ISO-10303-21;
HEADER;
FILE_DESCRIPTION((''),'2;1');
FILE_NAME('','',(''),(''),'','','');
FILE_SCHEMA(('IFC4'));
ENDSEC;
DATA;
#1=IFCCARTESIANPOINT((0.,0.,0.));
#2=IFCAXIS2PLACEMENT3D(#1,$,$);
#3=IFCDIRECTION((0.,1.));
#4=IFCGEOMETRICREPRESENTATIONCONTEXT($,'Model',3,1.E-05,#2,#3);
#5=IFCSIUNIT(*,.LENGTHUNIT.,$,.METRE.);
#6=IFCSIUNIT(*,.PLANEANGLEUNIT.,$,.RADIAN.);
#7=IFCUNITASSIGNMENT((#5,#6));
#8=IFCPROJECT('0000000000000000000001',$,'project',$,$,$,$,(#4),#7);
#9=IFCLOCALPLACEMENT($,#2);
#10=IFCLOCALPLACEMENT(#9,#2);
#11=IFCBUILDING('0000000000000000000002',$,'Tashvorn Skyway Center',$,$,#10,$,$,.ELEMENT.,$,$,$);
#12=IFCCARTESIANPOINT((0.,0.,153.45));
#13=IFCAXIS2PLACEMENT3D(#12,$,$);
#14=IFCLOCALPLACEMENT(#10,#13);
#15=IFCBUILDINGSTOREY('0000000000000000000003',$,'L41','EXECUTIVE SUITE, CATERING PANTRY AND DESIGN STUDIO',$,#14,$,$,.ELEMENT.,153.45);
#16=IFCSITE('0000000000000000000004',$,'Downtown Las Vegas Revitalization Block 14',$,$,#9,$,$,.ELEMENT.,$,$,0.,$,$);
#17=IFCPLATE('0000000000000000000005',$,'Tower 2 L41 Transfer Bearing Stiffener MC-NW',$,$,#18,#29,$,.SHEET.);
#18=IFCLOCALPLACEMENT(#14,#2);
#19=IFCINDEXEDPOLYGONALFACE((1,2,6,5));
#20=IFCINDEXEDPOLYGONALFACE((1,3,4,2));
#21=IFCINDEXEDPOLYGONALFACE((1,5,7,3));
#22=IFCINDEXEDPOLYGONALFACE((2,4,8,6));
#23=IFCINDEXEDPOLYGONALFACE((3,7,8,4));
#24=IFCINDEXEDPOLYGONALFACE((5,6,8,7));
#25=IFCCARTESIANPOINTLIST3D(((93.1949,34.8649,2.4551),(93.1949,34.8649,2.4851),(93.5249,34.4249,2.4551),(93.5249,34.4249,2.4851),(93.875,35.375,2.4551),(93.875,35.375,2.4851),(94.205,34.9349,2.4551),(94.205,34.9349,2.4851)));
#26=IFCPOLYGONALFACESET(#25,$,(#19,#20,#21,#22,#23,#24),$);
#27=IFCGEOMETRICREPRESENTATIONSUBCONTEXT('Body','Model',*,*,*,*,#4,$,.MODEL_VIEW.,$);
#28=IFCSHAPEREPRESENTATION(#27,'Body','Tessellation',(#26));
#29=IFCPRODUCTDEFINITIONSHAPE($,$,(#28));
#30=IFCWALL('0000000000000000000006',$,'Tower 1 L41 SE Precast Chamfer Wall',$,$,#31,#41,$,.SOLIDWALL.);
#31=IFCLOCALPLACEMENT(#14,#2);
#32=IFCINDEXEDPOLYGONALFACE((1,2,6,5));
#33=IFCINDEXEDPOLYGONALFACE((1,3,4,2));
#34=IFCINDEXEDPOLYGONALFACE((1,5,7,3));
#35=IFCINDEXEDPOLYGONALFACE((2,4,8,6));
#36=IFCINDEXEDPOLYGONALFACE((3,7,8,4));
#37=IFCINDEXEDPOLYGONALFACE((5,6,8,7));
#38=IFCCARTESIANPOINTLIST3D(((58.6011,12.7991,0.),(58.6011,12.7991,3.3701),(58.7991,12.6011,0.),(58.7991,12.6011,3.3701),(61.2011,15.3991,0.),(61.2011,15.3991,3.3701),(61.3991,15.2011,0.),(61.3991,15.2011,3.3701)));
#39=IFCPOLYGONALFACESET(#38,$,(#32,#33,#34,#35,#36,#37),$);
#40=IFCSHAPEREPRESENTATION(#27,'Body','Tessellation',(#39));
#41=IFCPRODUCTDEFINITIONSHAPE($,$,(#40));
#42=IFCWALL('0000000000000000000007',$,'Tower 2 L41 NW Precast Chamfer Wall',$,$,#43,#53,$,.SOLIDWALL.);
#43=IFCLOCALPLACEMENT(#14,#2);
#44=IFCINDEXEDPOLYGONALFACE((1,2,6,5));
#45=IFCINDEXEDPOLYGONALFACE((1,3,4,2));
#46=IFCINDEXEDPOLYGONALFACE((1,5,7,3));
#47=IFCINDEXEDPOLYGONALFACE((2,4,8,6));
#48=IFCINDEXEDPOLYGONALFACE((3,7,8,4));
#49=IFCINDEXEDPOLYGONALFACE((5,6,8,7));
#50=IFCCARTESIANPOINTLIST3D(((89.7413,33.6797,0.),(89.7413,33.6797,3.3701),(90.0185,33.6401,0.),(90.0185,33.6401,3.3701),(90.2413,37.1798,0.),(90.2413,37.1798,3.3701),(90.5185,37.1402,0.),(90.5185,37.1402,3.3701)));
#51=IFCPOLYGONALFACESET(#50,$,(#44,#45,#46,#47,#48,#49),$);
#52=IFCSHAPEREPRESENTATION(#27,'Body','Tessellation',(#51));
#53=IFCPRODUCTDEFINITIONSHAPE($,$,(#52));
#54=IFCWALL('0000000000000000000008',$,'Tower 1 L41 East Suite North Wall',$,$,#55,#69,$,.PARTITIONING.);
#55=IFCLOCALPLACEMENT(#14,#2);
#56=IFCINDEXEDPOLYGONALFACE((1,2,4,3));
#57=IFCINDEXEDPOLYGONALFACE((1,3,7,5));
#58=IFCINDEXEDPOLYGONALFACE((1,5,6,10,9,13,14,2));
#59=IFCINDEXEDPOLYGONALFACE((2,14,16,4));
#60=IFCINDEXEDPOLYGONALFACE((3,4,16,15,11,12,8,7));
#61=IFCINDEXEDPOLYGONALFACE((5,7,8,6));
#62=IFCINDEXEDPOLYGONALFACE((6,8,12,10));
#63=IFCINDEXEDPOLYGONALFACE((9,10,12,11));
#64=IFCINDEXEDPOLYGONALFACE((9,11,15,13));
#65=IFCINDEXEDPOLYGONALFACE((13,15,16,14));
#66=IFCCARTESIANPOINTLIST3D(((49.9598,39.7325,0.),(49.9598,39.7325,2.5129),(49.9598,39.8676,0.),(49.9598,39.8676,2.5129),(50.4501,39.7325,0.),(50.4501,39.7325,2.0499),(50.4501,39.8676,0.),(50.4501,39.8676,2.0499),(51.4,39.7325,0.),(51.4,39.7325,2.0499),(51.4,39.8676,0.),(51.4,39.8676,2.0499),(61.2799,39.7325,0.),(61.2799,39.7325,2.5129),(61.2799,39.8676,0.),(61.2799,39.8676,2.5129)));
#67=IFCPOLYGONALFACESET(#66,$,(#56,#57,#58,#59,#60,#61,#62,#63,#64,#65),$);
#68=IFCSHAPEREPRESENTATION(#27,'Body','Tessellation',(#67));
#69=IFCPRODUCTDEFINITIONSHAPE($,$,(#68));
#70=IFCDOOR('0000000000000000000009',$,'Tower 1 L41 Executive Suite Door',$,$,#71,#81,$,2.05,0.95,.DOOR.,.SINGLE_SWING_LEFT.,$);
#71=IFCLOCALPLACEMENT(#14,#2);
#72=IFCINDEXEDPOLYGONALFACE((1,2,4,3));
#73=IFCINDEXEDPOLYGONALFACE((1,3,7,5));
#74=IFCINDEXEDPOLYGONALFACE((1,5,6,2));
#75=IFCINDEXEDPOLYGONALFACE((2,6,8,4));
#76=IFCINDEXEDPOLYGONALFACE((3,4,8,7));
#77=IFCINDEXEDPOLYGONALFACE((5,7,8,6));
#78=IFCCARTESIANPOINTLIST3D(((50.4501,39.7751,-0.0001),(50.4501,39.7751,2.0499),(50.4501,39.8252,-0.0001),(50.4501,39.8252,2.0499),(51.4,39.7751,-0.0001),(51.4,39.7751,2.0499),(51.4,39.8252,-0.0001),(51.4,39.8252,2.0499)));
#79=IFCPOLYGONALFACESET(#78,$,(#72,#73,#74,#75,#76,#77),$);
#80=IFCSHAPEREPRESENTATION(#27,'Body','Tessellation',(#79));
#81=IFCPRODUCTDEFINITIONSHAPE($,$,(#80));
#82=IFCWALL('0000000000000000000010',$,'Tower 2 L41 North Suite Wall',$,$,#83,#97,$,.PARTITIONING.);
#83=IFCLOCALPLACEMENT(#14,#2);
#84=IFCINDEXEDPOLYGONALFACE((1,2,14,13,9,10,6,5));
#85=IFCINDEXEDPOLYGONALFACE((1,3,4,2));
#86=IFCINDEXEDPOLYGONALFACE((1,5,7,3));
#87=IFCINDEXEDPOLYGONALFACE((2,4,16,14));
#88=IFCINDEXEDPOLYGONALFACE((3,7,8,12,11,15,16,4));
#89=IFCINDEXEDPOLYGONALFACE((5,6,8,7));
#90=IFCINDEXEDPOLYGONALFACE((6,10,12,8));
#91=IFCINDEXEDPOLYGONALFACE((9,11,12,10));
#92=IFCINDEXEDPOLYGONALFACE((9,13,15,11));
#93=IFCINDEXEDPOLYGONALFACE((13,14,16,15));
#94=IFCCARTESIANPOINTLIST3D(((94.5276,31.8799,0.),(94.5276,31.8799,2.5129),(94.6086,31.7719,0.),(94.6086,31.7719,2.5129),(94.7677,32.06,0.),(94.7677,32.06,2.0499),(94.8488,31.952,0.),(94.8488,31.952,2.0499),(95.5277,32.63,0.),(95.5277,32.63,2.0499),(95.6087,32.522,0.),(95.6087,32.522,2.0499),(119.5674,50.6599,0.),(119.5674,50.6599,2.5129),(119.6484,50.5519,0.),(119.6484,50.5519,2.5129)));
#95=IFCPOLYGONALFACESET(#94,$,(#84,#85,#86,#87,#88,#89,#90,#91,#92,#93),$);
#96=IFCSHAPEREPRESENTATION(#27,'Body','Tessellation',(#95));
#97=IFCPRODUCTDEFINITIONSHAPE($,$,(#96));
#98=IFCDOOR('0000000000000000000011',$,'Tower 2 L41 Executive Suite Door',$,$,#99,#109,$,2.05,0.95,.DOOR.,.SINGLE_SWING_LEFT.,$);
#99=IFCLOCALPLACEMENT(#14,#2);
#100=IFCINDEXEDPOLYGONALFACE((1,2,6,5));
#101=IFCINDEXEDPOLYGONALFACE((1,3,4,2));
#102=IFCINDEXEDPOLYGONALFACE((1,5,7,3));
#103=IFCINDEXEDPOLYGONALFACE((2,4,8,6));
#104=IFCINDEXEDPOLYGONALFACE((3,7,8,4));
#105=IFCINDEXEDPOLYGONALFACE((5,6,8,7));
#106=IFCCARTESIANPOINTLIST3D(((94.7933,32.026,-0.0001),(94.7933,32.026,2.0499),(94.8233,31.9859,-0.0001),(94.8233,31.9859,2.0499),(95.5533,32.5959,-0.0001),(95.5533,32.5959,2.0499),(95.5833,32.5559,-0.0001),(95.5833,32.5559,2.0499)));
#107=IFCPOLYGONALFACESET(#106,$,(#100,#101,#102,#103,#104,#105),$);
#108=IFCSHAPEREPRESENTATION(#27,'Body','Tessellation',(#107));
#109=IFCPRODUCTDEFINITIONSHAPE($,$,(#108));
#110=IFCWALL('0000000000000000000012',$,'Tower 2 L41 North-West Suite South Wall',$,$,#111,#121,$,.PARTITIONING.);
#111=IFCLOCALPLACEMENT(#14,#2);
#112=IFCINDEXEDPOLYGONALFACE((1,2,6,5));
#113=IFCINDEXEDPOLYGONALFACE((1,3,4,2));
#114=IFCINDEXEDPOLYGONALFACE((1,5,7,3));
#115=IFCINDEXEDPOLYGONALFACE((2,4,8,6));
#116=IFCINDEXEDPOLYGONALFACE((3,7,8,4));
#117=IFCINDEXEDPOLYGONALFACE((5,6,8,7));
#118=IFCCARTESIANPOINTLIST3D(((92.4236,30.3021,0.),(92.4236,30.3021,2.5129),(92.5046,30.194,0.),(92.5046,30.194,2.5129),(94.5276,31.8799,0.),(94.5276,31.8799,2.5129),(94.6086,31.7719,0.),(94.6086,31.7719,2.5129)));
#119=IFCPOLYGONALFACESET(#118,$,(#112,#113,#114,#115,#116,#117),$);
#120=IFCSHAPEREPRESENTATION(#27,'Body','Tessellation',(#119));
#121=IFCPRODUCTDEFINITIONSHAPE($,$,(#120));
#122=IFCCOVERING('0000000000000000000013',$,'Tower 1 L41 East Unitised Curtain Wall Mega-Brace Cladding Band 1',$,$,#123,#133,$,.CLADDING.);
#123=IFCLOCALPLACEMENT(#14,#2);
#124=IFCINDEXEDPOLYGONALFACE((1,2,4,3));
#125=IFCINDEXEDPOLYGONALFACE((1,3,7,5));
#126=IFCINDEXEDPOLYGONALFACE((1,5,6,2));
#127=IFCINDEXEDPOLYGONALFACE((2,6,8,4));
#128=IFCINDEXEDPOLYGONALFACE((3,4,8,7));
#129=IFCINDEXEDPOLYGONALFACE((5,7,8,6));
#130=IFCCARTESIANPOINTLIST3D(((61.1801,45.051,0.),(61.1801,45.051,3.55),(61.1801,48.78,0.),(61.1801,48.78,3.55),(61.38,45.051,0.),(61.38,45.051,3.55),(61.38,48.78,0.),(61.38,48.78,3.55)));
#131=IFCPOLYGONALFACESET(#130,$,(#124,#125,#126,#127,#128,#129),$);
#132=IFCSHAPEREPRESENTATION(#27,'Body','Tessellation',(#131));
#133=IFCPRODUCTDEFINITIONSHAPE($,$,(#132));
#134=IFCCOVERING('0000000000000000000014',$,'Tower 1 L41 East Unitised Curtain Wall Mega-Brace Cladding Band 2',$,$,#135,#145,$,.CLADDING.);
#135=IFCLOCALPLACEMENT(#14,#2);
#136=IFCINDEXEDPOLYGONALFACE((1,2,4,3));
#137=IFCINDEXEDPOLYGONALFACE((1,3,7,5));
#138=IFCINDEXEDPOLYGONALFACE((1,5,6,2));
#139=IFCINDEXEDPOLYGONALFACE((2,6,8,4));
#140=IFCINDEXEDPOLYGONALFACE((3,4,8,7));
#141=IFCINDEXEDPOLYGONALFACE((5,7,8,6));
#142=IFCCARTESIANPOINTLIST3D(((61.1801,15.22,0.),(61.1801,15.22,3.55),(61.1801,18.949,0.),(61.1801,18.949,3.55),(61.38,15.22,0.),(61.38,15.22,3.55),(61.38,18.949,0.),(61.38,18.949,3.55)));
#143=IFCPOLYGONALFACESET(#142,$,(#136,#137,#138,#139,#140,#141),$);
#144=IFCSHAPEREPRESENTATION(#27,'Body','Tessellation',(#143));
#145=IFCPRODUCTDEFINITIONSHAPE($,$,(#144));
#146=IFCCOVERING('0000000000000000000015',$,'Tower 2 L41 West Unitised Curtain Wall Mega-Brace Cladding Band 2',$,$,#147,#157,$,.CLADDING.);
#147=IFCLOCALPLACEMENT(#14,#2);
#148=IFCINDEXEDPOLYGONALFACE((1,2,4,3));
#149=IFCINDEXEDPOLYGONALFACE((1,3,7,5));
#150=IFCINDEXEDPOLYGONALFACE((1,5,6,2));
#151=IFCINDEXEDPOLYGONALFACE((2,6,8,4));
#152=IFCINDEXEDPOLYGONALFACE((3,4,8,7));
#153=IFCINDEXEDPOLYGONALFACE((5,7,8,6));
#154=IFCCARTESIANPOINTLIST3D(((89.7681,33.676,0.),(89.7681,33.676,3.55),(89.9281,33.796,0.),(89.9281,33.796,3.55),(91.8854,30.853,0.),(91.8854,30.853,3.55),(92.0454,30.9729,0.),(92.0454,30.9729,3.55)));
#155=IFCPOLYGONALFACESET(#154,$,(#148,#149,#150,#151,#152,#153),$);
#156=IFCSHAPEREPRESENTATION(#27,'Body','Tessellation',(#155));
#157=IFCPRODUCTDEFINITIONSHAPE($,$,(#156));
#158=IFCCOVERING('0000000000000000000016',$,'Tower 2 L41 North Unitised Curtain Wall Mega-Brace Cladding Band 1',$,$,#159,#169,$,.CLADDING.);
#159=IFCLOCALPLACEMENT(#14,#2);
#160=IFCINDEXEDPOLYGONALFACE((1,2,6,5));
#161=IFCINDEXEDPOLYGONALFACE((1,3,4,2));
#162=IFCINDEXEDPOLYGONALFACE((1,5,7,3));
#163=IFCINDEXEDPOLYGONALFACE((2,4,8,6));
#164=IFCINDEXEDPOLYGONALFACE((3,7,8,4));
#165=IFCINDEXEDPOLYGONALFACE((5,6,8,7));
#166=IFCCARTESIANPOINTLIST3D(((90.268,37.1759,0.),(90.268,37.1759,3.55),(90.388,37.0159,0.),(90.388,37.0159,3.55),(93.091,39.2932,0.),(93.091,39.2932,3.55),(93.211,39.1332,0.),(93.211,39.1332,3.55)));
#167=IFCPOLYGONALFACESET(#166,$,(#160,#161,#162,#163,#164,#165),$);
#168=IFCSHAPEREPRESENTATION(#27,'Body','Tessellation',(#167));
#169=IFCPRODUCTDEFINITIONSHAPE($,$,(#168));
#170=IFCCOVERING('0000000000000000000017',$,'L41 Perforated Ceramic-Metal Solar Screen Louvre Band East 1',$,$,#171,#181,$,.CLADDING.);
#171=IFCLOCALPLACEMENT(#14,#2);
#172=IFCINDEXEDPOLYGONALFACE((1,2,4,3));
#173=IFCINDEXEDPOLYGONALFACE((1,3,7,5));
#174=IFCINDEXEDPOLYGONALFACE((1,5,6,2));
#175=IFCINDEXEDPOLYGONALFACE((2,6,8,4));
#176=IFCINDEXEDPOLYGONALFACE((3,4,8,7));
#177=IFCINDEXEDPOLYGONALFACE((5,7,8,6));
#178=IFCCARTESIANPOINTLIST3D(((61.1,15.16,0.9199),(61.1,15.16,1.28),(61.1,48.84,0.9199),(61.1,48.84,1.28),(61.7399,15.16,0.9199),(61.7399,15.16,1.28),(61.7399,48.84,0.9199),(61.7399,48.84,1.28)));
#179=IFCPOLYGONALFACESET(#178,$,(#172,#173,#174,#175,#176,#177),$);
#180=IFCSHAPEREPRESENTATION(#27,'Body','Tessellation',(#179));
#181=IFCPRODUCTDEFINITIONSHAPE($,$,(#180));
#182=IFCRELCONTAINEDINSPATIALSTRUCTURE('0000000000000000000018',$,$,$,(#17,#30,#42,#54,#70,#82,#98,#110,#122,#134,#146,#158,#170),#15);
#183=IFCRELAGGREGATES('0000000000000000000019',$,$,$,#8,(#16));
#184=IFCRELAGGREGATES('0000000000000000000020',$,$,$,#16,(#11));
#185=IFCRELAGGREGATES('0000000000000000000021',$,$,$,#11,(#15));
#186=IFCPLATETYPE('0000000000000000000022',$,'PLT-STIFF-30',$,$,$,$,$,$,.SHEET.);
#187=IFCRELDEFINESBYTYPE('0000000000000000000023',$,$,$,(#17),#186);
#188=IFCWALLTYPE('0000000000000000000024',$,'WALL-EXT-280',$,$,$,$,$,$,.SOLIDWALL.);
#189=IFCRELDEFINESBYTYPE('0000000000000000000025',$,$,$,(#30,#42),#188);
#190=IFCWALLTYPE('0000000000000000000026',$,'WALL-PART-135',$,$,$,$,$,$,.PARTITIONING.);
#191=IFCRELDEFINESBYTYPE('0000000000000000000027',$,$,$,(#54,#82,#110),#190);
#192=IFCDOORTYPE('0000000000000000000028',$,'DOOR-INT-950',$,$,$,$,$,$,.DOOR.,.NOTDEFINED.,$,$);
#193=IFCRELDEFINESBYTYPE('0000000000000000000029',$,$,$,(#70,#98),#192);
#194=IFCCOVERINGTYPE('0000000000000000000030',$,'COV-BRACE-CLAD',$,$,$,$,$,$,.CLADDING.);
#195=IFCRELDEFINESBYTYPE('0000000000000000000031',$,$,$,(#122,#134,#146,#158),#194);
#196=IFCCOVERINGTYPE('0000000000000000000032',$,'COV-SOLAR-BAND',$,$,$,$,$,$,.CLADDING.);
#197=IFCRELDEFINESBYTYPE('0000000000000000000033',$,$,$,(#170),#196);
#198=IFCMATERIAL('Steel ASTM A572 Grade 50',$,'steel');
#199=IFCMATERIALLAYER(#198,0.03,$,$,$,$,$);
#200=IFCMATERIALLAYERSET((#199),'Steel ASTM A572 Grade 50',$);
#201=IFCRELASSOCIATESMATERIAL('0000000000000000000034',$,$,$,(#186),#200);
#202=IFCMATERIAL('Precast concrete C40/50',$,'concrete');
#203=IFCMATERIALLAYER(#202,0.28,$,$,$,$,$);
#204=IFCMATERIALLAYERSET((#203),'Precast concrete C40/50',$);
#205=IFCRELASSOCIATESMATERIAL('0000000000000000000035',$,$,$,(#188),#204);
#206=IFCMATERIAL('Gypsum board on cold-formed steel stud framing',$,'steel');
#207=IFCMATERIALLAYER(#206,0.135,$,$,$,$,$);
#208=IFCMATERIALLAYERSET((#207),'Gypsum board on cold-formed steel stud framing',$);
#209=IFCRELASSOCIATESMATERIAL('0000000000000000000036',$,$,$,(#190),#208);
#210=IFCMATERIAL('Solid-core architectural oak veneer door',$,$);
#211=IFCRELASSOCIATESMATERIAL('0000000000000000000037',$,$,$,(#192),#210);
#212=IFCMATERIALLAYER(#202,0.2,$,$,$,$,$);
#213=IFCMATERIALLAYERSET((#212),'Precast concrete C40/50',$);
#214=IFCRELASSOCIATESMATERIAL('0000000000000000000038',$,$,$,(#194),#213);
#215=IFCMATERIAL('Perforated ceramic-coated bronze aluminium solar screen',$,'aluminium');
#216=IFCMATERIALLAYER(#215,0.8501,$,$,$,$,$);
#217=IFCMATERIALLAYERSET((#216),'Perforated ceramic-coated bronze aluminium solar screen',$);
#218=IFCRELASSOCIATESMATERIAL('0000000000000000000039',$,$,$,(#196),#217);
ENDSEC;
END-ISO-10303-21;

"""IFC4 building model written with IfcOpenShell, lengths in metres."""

from ifc_helpers import new_model, si_unit, direction, frame, frame_2d, origin, origin_2d, place, context, subcontext, project, spatial, rectangle, extrude, material, layer, layer_set, type_object, element, fill, save


model = new_model("IFC4")

# Units and contexts
model_context = context("Model", 3, precision=1e-05, world=origin(), true_north=direction((0.0, 1.0)))
body_context = subcontext(model_context, "Body", "Model", "MODEL_VIEW")
ifc_project = project(units=[si_unit("LENGTHUNIT", "METRE"), si_unit("PLANEANGLEUNIT", "RADIAN")], contexts=[model_context])

# Site, building, storey
site_placement = place(None, origin())
site = spatial("IfcSite", under=ifc_project, at=site_placement, Name="Downtown Las Vegas Revitalization Block 14", CompositionType="ELEMENT", RefElevation=0.0)
building_placement = place(site_placement, origin())
building = spatial("IfcBuilding", under=site, at=building_placement, Name="Tashvorn Skyway Center", CompositionType="ELEMENT")
storey_placement = place(building_placement, frame((0.0, 0.0, 153.45)))
storey = spatial("IfcBuildingStorey", under=building, at=storey_placement, Name="L41", Description="EXECUTIVE SUITE, CATERING PANTRY AND DESIGN STUDIO", CompositionType="ELEMENT", Elevation=153.45)

# Shared definitions
ifc_material_1 = material(Name="Steel ASTM A572 Grade 50", Category="steel")

# Plate
ifc_layer_1 = layer(ifc_material_1, 0.03)
ifc_layer_set_1 = layer_set([ifc_layer_1], Name="Steel ASTM A572 Grade 50")
plate_type_1 = type_object("IfcPlateType", Name="PLT-STIFF-30", PredefinedType="SHEET", material=ifc_layer_set_1)
plate_1_placement = place(storey_placement, frame((93.7, 34.8999, 2.4551), z_axis=(0.0, 0.0, 1.0), x_axis=(0.8, 0.6, 0.0)))
element("IfcPlate", 1, at=plate_1_placement, inside=storey, type_object=plate_type_1, Name="Tower 2 L41 Transfer Bearing Stiffener MC-NW", PredefinedType="SHEET", context=body_context, shape_type="SweptSolid", body=[
    extrude(rectangle(XDim=0.8501, YDim=0.55, at=origin_2d()), origin(), (0.0, 0.0, 1.0), 0.03),
])

# Walls
ifc_material_2 = material(Name="Precast concrete C40/50", Category="concrete")
ifc_layer_2 = layer(ifc_material_2, 0.28)
ifc_layer_set_2 = layer_set([ifc_layer_2], Name="Precast concrete C40/50")
wall_type_1 = type_object("IfcWallType", Name="WALL-EXT-280", PredefinedType="SOLIDWALL", material=ifc_layer_set_2)
wall_1_placement = place(storey_placement, frame((61.3, 15.3, 0.0), z_axis=(0.0, 0.0, 1.0), x_axis=(-0.707107, -0.707107, 0.0)))
element("IfcWall", 2, at=wall_1_placement, inside=storey, type_object=wall_type_1, Name="Tower 1 L41 SE Precast Chamfer Wall", PredefinedType="SOLIDWALL", context=body_context, shape_type="SweptSolid", body=[
    extrude(rectangle(XDim=3.677, YDim=0.28, at=frame_2d((1.8384, 0.0))), origin(), (0.0, 0.0, 1.0), 3.3701),
])
wall_2_placement = place(storey_placement, frame((89.8799, 33.6599, 0.0), z_axis=(0.0, 0.0, 1.0), x_axis=(0.141421, 0.989949, 0.0)))
element("IfcWall", 3, at=wall_2_placement, inside=storey, type_object=wall_type_1, Name="Tower 2 L41 NW Precast Chamfer Wall", PredefinedType="SOLIDWALL", context=body_context, shape_type="SweptSolid", body=[
    extrude(rectangle(XDim=3.5356, YDim=0.28, at=frame_2d((1.7678, 0.0))), origin(), (0.0, 0.0, 1.0), 3.3701),
])

# Walls, openings, doors
ifc_material_3 = material(Name="Gypsum board on cold-formed steel stud framing", Category="steel")
ifc_layer_3 = layer(ifc_material_3, 0.135)
ifc_layer_set_3 = layer_set([ifc_layer_3], Name="Gypsum board on cold-formed steel stud framing")
wall_type_2 = type_object("IfcWallType", Name="WALL-PART-135", PredefinedType="PARTITIONING", material=ifc_layer_set_3)
wall_3_placement = place(storey_placement, frame((61.28, 39.8, 0.0), z_axis=(0.0, 0.0, 1.0), x_axis=(-1.0, 0.0, 0.0)))
wall_3 = element("IfcWall", 4, at=wall_3_placement, inside=storey, type_object=wall_type_2, Name="Tower 1 L41 East Suite North Wall", PredefinedType="PARTITIONING", context=body_context, shape_type="SweptSolid", body=[
    extrude(rectangle(XDim=11.3201, YDim=0.135, at=frame_2d((5.6602, 0.0))), origin(), (0.0, 0.0, 1.0), 2.5129),
])
opening_1_placement = place(wall_3_placement, frame((9.8799, 0.0, 0.0)))
opening_1 = element("IfcOpeningElement", 5, at=opening_1_placement, cuts=wall_3, PredefinedType="OPENING", context=body_context, shape_type="SweptSolid", body=[
    extrude(rectangle(XDim=0.95, YDim=2.05, at=frame_2d((0.4751, 1.0249))), frame((0.0, 0.0774, 0.0), z_axis=(0.0, -1.0, 0.0), x_axis=(1.0, 0.0, 0.0)), (0.0, 0.0, 1.0), 0.155),
])
ifc_material_4 = material(Name="Solid-core architectural oak veneer door")
door_type = type_object("IfcDoorType", Name="DOOR-INT-950", OperationType="NOTDEFINED", PredefinedType="DOOR", material=ifc_material_4)
door_1_placement = place(opening_1_placement, origin())
door_1 = element("IfcDoor", 6, at=door_1_placement, inside=storey, type_object=door_type, Name="Tower 1 L41 Executive Suite Door", OperationType="SINGLE_SWING_LEFT", OverallHeight=2.05, OverallWidth=0.95, PredefinedType="DOOR", context=body_context, shape_type="SweptSolid", body=[
    extrude(rectangle(XDim=0.95, YDim=2.05, at=frame_2d((0.4751, 1.0249))), frame((0.0, 0.0249, 0.0), z_axis=(0.0, -1.0, 0.0), x_axis=(1.0, 0.0, 0.0)), (0.0, 0.0, 1.0), 0.05),
])
fill(opening_1, door_1)
wall_4_placement = place(storey_placement, frame((94.5681, 31.8259, 0.0), z_axis=(0.0, 0.0, 1.0), x_axis=(0.799997, 0.600004, 0.0)))
wall_4 = element("IfcWall", 7, at=wall_4_placement, inside=storey, type_object=wall_type_2, Name="Tower 2 L41 North Suite Wall", PredefinedType="PARTITIONING", context=body_context, shape_type="SweptSolid", body=[
    extrude(rectangle(XDim=31.2998, YDim=0.135, at=frame_2d((15.6499, 0.0))), origin(), (0.0, 0.0, 1.0), 2.5129),
])
opening_2_placement = place(wall_4_placement, frame((0.3, 0.0, 0.0)))
opening_2 = element("IfcOpeningElement", 8, at=opening_2_placement, cuts=wall_4, PredefinedType="OPENING", context=body_context, shape_type="SweptSolid", body=[
    extrude(rectangle(XDim=0.95, YDim=2.05, at=frame_2d((0.4751, 1.0249))), frame((0.0, 0.0774, 0.0), z_axis=(0.0, -1.0, 0.0), x_axis=(1.0, 0.0, 0.0)), (0.0, 0.0, 1.0), 0.155),
])
door_2_placement = place(opening_2_placement, origin())
door_2 = element("IfcDoor", 9, at=door_2_placement, inside=storey, type_object=door_type, Name="Tower 2 L41 Executive Suite Door", OperationType="SINGLE_SWING_LEFT", OverallHeight=2.05, OverallWidth=0.95, PredefinedType="DOOR", context=body_context, shape_type="SweptSolid", body=[
    extrude(rectangle(XDim=0.95, YDim=2.05, at=frame_2d((0.4751, 1.0249))), frame((0.0, 0.0249, 0.0), z_axis=(0.0, -1.0, 0.0), x_axis=(1.0, 0.0, 0.0)), (0.0, 0.0, 1.0), 0.05),
])
fill(opening_2, door_2)

# Wall
wall_5_placement = place(storey_placement, frame((92.4641, 30.248, 0.0), z_axis=(0.0, 0.0, 1.0), x_axis=(0.800022, 0.59997, 0.0)))
element("IfcWall", 10, at=wall_5_placement, inside=storey, type_object=wall_type_2, Name="Tower 2 L41 North-West Suite South Wall", PredefinedType="PARTITIONING", context=body_context, shape_type="SweptSolid", body=[
    extrude(rectangle(XDim=2.6299, YDim=0.135, at=frame_2d((1.3149, 0.0))), origin(), (0.0, 0.0, 1.0), 2.5129),
])

# Coverings
ifc_layer_4 = layer(ifc_material_2, 0.2)
ifc_layer_set_4 = layer_set([ifc_layer_4], Name="Precast concrete C40/50")
covering_type_1 = type_object("IfcCoveringType", Name="COV-BRACE-CLAD", PredefinedType="CLADDING", material=ifc_layer_set_4)
for number, where, z_axis, x_axis, name in (
    (11, (61.28, 46.9155, 0.0), (0.0, 0.0, 1.0), (0.0, -1.0, 0.0), "Tower 1 L41 East Unitised Curtain Wall Mega-Brace Cladding Band 1"),
    (12, (61.28, 17.0845, 0.0), (0.0, 0.0, 1.0), (0.0, -1.0, 0.0), "Tower 1 L41 East Unitised Curtain Wall Mega-Brace Cladding Band 2"),
):
    element("IfcCovering", number, at=place(storey_placement, frame(where, z_axis=z_axis, x_axis=x_axis)), inside=storey, type_object=covering_type_1, Name=name, PredefinedType="CLADDING", context=body_context, shape_type="SweptSolid", body=[
        extrude(rectangle(XDim=3.729, YDim=0.2, at=origin_2d()), origin(), (0.0, 0.0, 1.0), 3.55),
    ])
for number, where, z_axis, x_axis, name in (
    (13, (90.9067, 32.3245, 0.0), (0.0, 0.0, 1.0), (-0.6, 0.8, 0.0), "Tower 2 L41 West Unitised Curtain Wall Mega-Brace Cladding Band 2"),
    (14, (91.7395, 38.1545, 0.0), (0.0, 0.0, 1.0), (0.8, 0.6, 0.0), "Tower 2 L41 North Unitised Curtain Wall Mega-Brace Cladding Band 1"),
):
    element("IfcCovering", number, at=place(storey_placement, frame(where, z_axis=z_axis, x_axis=x_axis)), inside=storey, type_object=covering_type_1, Name=name, PredefinedType="CLADDING", context=body_context, shape_type="SweptSolid", body=[
        extrude(rectangle(XDim=3.5288, YDim=0.2, at=origin_2d()), origin(), (0.0, 0.0, 1.0), 3.55),
    ])
ifc_material_5 = material(Name="Perforated ceramic-coated bronze aluminium solar screen", Category="aluminium")
ifc_layer_5 = layer(ifc_material_5, 0.8501)
ifc_layer_set_5 = layer_set([ifc_layer_5], Name="Perforated ceramic-coated bronze aluminium solar screen")
covering_type_2 = type_object("IfcCoveringType", Name="COV-SOLAR-BAND", PredefinedType="CLADDING", material=ifc_layer_set_5)
for number, where, z_axis, x_axis, name in (
    (15, (61.4199, 32.0, 0.9199), (0.0, 0.0, 1.0), (0.0, -1.0, 0.0), "L41 Perforated Ceramic-Metal Solar Screen Louvre Band East 1"),
):
    element("IfcCovering", number, at=place(storey_placement, frame(where, z_axis=z_axis, x_axis=x_axis)), inside=storey, type_object=covering_type_2, Name=name, PredefinedType="CLADDING", context=body_context, shape_type="SweptSolid", body=[
        extrude(rectangle(XDim=33.6799, YDim=0.6399, at=origin_2d()), origin(), (0.0, 0.0, 1.0), 0.3601),
    ])

save(model, "model.ifc")
